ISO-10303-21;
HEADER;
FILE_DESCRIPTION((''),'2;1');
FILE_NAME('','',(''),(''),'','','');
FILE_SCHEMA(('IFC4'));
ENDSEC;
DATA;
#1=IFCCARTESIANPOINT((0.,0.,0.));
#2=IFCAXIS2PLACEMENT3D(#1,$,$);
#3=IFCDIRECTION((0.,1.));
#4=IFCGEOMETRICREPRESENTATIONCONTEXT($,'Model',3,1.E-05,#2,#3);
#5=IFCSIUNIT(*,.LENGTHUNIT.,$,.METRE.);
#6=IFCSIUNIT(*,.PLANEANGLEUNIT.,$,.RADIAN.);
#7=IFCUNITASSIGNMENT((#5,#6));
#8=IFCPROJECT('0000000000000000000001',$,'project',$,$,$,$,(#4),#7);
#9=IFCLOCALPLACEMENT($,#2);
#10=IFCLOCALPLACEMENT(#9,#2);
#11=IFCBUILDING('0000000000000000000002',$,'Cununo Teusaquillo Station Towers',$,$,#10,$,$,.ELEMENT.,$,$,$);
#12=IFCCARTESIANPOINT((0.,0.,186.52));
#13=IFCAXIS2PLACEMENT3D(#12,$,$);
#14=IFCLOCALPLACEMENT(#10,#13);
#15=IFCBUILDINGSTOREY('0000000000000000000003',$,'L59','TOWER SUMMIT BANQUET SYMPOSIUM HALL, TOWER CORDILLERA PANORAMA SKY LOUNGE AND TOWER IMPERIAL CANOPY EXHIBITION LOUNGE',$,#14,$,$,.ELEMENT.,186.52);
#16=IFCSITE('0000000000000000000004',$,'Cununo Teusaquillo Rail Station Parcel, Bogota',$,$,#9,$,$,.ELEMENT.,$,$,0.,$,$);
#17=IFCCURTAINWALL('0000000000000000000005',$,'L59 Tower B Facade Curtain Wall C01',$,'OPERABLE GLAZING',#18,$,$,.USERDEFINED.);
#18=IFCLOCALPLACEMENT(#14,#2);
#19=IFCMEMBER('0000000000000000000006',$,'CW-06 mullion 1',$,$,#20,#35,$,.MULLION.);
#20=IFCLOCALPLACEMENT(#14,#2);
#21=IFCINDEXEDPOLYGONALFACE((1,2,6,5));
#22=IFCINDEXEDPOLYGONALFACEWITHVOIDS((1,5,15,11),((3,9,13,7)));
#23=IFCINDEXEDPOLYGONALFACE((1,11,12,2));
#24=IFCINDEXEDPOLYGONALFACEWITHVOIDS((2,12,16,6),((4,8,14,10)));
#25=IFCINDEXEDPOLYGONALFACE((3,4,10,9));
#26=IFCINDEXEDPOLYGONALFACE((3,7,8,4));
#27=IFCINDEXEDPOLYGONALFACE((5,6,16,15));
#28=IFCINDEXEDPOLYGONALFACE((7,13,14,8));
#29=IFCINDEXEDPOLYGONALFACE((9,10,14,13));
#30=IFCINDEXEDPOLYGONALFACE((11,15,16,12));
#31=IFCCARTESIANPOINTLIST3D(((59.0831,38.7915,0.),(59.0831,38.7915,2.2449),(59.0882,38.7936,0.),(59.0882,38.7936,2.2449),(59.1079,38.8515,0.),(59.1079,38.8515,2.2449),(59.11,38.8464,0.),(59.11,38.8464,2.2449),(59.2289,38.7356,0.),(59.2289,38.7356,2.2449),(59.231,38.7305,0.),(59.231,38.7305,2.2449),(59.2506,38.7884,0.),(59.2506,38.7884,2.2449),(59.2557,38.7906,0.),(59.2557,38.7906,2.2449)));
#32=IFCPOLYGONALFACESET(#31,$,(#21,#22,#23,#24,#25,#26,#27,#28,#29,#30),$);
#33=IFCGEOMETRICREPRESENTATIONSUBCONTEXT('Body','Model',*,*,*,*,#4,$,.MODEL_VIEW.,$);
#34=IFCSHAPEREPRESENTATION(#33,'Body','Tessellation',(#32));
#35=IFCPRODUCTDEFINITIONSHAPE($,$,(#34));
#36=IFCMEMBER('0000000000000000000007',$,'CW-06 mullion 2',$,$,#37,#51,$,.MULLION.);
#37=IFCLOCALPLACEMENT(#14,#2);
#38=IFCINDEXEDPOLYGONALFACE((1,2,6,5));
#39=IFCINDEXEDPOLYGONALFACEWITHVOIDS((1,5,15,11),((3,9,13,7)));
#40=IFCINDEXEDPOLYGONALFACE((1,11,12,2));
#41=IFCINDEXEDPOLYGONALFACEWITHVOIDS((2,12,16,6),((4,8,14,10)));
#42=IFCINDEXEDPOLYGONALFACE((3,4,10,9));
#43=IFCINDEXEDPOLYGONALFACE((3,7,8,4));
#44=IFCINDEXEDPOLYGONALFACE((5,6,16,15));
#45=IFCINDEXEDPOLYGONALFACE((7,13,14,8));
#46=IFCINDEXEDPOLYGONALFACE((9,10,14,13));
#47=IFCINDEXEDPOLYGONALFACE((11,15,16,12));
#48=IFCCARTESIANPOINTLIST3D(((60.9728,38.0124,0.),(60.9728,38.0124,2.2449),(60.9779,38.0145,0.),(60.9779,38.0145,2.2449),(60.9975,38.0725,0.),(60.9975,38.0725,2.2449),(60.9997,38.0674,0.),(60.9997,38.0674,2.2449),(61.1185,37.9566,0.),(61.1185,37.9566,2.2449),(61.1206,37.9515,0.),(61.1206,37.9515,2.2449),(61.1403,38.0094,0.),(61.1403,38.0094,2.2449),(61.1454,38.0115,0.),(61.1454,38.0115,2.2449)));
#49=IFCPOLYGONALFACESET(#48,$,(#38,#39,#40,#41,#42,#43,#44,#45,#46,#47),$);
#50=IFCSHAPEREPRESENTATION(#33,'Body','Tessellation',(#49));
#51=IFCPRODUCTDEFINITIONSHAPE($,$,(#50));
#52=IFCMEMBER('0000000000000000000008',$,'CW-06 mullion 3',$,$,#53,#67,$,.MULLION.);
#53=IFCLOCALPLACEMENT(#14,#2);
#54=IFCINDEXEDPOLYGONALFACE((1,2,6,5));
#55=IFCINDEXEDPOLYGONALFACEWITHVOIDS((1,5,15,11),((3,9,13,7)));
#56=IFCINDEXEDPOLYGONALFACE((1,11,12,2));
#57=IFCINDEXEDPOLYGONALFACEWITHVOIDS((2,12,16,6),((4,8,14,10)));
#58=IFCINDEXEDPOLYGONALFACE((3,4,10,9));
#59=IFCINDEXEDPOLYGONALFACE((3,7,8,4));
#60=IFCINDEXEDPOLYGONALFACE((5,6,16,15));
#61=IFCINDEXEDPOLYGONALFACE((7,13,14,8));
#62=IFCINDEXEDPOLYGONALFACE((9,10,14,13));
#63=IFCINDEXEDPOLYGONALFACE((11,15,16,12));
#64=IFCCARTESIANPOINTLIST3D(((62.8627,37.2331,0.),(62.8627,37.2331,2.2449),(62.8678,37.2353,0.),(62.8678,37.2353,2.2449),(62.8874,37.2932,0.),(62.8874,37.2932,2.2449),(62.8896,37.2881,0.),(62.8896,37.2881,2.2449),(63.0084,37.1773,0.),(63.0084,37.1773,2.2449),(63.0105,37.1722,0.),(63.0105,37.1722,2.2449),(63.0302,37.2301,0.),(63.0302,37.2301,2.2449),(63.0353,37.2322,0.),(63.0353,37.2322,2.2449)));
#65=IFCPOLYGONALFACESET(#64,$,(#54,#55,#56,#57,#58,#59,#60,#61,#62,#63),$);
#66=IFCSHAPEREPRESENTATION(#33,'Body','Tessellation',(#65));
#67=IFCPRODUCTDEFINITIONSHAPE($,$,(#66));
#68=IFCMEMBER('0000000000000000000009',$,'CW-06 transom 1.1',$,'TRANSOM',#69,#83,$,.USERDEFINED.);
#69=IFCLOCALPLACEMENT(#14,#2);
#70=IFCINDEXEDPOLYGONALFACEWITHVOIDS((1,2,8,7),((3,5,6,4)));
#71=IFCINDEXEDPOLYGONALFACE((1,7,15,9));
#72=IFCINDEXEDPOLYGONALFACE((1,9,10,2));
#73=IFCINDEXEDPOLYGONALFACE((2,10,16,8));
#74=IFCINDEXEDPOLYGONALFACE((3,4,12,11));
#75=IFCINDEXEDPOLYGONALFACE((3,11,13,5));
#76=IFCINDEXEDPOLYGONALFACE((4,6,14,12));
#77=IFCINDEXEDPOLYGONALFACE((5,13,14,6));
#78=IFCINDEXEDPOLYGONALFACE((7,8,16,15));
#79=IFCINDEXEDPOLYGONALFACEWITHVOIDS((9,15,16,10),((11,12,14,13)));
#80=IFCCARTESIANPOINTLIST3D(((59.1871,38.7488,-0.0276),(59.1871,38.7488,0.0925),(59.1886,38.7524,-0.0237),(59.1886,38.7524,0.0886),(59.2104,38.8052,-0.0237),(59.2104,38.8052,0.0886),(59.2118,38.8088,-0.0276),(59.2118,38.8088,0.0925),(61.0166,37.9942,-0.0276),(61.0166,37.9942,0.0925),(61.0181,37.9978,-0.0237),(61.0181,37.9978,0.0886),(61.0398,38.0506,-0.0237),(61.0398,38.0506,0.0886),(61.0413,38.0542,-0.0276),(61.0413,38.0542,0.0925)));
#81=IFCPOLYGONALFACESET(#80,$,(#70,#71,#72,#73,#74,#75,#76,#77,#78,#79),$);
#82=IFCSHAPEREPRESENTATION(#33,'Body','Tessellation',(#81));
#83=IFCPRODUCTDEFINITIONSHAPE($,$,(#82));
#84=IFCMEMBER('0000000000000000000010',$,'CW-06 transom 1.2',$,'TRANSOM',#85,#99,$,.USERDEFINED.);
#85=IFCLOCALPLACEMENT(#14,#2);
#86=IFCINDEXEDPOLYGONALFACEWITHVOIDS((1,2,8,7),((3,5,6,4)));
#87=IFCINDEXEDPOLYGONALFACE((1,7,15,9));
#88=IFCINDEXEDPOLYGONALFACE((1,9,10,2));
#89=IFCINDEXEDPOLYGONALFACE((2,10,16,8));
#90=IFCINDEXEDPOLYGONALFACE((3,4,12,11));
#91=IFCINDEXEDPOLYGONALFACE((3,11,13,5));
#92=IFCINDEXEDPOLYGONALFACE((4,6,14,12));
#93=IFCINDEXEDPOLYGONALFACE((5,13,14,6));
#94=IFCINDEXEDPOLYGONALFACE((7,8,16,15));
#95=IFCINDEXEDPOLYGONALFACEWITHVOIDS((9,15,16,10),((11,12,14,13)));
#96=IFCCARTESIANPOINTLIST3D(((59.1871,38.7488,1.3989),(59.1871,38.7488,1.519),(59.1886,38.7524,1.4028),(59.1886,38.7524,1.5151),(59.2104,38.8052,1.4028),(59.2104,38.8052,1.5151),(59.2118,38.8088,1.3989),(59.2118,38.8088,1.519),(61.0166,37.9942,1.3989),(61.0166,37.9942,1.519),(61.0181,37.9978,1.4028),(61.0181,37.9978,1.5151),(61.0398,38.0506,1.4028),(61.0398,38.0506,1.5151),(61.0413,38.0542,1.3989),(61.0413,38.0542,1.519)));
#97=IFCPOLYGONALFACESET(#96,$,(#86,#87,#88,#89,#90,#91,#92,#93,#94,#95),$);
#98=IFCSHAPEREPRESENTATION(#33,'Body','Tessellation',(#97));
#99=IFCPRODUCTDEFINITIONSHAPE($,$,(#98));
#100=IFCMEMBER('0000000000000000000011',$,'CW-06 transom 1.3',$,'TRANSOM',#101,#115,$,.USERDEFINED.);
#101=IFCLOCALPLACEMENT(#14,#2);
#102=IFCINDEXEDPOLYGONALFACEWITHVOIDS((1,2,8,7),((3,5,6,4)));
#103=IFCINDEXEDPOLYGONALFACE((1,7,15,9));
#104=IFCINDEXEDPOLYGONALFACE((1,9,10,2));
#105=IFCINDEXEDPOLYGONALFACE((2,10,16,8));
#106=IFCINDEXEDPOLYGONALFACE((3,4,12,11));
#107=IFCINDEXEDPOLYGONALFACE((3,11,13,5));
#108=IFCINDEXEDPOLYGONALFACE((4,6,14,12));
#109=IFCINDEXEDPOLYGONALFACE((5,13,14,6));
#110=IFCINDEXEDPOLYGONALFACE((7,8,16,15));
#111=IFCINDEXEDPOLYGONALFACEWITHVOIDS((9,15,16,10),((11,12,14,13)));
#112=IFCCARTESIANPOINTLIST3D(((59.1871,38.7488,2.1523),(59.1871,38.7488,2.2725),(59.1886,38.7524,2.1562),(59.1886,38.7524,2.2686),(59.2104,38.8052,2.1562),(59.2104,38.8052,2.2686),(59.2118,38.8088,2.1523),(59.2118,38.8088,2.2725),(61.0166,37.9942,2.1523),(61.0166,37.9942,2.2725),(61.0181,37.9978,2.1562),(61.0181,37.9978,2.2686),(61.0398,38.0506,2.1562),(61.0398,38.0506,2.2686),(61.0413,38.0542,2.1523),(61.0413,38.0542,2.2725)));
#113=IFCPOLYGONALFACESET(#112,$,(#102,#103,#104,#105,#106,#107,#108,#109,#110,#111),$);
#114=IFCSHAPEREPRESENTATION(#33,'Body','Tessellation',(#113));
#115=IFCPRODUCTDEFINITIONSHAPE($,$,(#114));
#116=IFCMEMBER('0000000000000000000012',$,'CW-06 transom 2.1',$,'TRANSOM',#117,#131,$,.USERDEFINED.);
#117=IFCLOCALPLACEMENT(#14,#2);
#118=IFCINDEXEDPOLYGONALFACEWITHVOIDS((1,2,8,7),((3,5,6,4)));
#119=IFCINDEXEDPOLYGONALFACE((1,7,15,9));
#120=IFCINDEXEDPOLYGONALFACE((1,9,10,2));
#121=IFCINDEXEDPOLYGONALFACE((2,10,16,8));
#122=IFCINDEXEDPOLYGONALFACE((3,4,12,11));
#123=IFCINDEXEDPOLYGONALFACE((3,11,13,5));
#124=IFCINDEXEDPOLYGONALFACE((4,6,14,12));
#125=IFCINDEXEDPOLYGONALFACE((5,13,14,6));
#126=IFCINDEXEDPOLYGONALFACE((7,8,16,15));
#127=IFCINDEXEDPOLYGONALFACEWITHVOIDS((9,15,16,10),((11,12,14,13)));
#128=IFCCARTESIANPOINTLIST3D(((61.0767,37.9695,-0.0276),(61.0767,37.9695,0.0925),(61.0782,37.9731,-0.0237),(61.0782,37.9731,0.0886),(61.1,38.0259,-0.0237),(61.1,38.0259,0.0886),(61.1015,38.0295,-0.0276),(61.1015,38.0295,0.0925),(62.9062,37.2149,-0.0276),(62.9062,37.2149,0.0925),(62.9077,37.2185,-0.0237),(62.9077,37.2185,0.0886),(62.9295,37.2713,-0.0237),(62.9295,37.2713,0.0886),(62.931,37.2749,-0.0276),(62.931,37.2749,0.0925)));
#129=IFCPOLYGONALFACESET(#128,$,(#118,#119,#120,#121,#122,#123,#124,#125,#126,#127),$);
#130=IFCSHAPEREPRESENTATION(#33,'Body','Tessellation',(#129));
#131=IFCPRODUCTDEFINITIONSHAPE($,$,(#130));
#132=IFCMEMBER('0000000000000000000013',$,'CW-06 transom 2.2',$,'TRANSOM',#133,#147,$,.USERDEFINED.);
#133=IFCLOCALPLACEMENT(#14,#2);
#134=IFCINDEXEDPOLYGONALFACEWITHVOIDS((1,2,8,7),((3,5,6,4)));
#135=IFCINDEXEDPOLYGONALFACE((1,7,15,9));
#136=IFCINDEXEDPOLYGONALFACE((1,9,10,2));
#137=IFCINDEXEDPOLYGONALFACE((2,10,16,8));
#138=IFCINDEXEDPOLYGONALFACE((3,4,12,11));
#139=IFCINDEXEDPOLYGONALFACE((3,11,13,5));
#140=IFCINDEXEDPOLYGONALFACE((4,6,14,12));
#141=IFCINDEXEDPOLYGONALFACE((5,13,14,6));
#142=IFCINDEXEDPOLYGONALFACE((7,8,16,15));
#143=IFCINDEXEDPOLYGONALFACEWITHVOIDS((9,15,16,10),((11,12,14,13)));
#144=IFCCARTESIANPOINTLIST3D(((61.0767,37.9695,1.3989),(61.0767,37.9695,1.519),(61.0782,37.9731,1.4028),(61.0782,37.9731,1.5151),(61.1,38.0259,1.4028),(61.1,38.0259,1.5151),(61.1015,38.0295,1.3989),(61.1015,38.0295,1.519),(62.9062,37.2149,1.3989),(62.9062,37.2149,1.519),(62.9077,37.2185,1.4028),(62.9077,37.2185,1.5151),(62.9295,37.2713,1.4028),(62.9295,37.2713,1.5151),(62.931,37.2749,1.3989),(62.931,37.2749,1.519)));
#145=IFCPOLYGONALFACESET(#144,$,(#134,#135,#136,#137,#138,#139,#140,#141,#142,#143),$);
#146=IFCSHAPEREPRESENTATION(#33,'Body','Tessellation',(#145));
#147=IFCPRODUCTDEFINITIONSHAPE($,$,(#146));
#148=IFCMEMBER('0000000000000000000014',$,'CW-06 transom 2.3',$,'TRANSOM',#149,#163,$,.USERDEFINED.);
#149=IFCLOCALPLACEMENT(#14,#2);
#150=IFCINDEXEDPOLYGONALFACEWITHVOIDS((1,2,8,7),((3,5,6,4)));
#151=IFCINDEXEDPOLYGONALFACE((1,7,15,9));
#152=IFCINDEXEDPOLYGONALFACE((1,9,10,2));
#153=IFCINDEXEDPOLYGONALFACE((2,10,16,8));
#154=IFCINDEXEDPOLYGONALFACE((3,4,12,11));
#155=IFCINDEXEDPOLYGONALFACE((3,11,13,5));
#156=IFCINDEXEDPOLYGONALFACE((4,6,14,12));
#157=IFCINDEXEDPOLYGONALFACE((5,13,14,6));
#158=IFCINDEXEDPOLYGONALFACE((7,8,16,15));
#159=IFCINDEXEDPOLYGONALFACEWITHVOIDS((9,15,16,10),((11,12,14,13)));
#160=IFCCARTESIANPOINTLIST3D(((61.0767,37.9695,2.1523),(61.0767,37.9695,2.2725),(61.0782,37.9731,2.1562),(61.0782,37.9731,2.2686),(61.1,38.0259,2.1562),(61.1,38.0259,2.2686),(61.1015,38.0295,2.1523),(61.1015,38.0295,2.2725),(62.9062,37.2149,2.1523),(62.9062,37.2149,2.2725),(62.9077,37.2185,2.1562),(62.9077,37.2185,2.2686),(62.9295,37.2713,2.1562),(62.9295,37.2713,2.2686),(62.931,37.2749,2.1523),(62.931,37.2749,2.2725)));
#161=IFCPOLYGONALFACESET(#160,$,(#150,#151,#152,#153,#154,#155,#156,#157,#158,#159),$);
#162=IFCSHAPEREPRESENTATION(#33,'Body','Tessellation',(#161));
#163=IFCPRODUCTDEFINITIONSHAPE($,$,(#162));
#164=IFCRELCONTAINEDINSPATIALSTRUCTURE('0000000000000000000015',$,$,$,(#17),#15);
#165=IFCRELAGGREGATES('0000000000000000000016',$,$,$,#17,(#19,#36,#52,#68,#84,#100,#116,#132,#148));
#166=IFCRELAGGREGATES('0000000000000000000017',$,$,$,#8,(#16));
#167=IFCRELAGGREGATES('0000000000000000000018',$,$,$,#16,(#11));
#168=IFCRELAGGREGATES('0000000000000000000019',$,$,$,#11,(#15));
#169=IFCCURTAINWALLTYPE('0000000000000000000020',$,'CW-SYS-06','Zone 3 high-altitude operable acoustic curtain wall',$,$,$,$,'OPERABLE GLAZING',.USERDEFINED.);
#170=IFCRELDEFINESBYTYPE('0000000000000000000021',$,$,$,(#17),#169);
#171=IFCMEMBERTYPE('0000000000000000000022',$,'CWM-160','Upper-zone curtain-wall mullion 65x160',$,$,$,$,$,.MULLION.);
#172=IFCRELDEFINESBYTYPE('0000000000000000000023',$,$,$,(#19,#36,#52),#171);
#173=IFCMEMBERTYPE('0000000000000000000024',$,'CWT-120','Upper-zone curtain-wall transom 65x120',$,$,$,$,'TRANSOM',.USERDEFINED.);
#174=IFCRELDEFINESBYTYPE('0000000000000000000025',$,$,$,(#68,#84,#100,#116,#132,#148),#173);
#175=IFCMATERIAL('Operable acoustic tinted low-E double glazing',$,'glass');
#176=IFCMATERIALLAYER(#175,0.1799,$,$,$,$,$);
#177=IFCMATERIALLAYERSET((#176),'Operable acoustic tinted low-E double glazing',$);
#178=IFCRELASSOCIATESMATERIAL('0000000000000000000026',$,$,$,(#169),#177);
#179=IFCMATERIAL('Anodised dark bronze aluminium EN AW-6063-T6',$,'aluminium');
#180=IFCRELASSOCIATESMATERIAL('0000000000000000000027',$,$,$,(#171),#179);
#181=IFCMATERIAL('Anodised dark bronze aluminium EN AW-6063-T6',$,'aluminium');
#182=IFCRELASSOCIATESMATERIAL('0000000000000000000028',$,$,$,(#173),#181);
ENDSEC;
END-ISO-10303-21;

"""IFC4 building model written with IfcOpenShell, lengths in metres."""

from ifc_helpers import new_model, si_unit, direction, frame, origin, origin_2d, place, context, subcontext, project, spatial, hollow_rectangle, extrude, material, layer, layer_set, material_profile, profile_set, type_object, element, aggregate, save


model = new_model("IFC4")

# Units and contexts
model_context = context("Model", 3, precision=1e-05, world=origin(), true_north=direction((0.0, 1.0)))
body_context = subcontext(model_context, "Body", "Model", "MODEL_VIEW")
ifc_project = project(units=[si_unit("LENGTHUNIT", "METRE"), si_unit("PLANEANGLEUNIT", "RADIAN")], contexts=[model_context])

# Site, building, storey
site_placement = place(None, origin())
site = spatial("IfcSite", under=ifc_project, at=site_placement, Name="Cununo Teusaquillo Rail Station Parcel, Bogota", CompositionType="ELEMENT", RefElevation=0.0)
building_placement = place(site_placement, origin())
building = spatial("IfcBuilding", under=site, at=building_placement, Name="Cununo Teusaquillo Station Towers", CompositionType="ELEMENT")
storey_placement = place(building_placement, frame((0.0, 0.0, 186.52)))
storey = spatial("IfcBuildingStorey", under=building, at=storey_placement, Name="L59", Description="TOWER SUMMIT BANQUET SYMPOSIUM HALL, TOWER CORDILLERA PANORAMA SKY LOUNGE AND TOWER IMPERIAL CANOPY EXHIBITION LOUNGE", CompositionType="ELEMENT", Elevation=186.52)

# Curtain wall, members
ifc_material_1 = material(Name="Operable acoustic tinted low-E double glazing", Category="glass")
ifc_layer_1 = layer(ifc_material_1, 0.1799)
ifc_layer_set_1 = layer_set([ifc_layer_1], Name="Operable acoustic tinted low-E double glazing")
curtain_wall_type = type_object("IfcCurtainWallType", Name="CW-SYS-06", Description="Zone 3 high-altitude operable acoustic curtain wall", ElementType="OPERABLE GLAZING", PredefinedType="USERDEFINED", material=ifc_layer_set_1)
curtain_wall_placement = place(storey_placement, origin())
curtain_wall = element("IfcCurtainWall", 1, at=curtain_wall_placement, inside=storey, type_object=curtain_wall_type, Name="L59 Tower B Facade Curtain Wall C01", ObjectType="OPERABLE GLAZING", PredefinedType="USERDEFINED")
ifc_material_2 = material(Name="Anodised dark bronze aluminium EN AW-6063-T6", Category="aluminium")
ifc_material_profile_1 = material_profile(ifc_material_2, hollow_rectangle(XDim=0.0649, YDim=0.1599, WallThickness=0.0039, at=origin_2d()), Name="CW-MULL-65x160")
ifc_profile_set_1 = profile_set([ifc_material_profile_1], Name="Anodised dark bronze aluminium EN AW-6063-T6")
member_type_1 = type_object("IfcMemberType", Name="CWM-160", Description="Upper-zone curtain-wall mullion 65x160", PredefinedType="MULLION", material=ifc_profile_set_1)
member_1_placement = place(storey_placement, frame((59.1694, 38.791, 0.0), z_axis=(0.0, 0.0, 1.0), x_axis=(0.381229, 0.924481, 0.0)))
member_1 = element("IfcMember", 2, at=member_1_placement, type_object=member_type_1, Name="CW-06 mullion 1", PredefinedType="MULLION", context=body_context, shape_type="SweptSolid", body=[
    extrude(hollow_rectangle(XDim=0.0649, YDim=0.1599, WallThickness=0.0039, at=origin_2d()), origin(), (0.0, 0.0, 1.0), 2.2449),
])
member_2_placement = place(storey_placement, frame((61.0591, 38.012, 0.0), z_axis=(0.0, 0.0, 1.0), x_axis=(0.381229, 0.924481, 0.0)))
member_2 = element("IfcMember", 3, at=member_2_placement, type_object=member_type_1, Name="CW-06 mullion 2", PredefinedType="MULLION", context=body_context, shape_type="SweptSolid", body=[
    extrude(hollow_rectangle(XDim=0.0649, YDim=0.1599, WallThickness=0.0039, at=origin_2d()), origin(), (0.0, 0.0, 1.0), 2.2449),
])
member_3_placement = place(storey_placement, frame((62.949, 37.2327, 0.0), z_axis=(0.0, 0.0, 1.0), x_axis=(0.381229, 0.924481, 0.0)))
member_3 = element("IfcMember", 4, at=member_3_placement, type_object=member_type_1, Name="CW-06 mullion 3", PredefinedType="MULLION", context=body_context, shape_type="SweptSolid", body=[
    extrude(hollow_rectangle(XDim=0.0649, YDim=0.1599, WallThickness=0.0039, at=origin_2d()), origin(), (0.0, 0.0, 1.0), 2.2449),
])
ifc_material_3 = material(Name="Anodised dark bronze aluminium EN AW-6063-T6", Category="aluminium")
ifc_material_profile_2 = material_profile(ifc_material_3, hollow_rectangle(XDim=0.0649, YDim=0.1201, WallThickness=0.0039, at=origin_2d()), Name="CW-TRAN-65x120")
ifc_profile_set_2 = profile_set([ifc_material_profile_2], Name="Anodised dark bronze aluminium EN AW-6063-T6")
member_type_2 = type_object("IfcMemberType", Name="CWT-120", Description="Upper-zone curtain-wall transom 65x120", ElementType="TRANSOM", PredefinedType="USERDEFINED", material=ifc_profile_set_2)
member_4_placement = place(storey_placement, frame((59.1995, 38.7788, 0.0325), z_axis=(0.924451, -0.381302, 0.0), x_axis=(0.381302, 0.924451, 0.0)))
member_4 = element("IfcMember", 5, at=member_4_placement, type_object=member_type_2, Name="CW-06 transom 1.1", ObjectType="TRANSOM", PredefinedType="USERDEFINED", context=body_context, shape_type="SweptSolid", body=[
    extrude(hollow_rectangle(XDim=0.0649, YDim=0.1201, WallThickness=0.0039, at=origin_2d()), origin(), (0.0, 0.0, 1.0), 1.979),
])
member_5_placement = place(storey_placement, frame((59.1995, 38.7788, 1.459), z_axis=(0.924451, -0.381302, 0.0), x_axis=(0.381302, 0.924451, 0.0)))
member_5 = element("IfcMember", 6, at=member_5_placement, type_object=member_type_2, Name="CW-06 transom 1.2", ObjectType="TRANSOM", PredefinedType="USERDEFINED", context=body_context, shape_type="SweptSolid", body=[
    extrude(hollow_rectangle(XDim=0.0649, YDim=0.1201, WallThickness=0.0039, at=origin_2d()), origin(), (0.0, 0.0, 1.0), 1.979),
])
member_6_placement = place(storey_placement, frame((59.1995, 38.7788, 2.2124), z_axis=(0.924451, -0.381302, 0.0), x_axis=(0.381302, 0.924451, 0.0)))
member_6 = element("IfcMember", 7, at=member_6_placement, type_object=member_type_2, Name="CW-06 transom 1.3", ObjectType="TRANSOM", PredefinedType="USERDEFINED", context=body_context, shape_type="SweptSolid", body=[
    extrude(hollow_rectangle(XDim=0.0649, YDim=0.1201, WallThickness=0.0039, at=origin_2d()), origin(), (0.0, 0.0, 1.0), 1.979),
])
member_7_placement = place(storey_placement, frame((61.0891, 37.9995, 0.0325), z_axis=(0.924451, -0.381302, 0.0), x_axis=(0.381302, 0.924451, 0.0)))
member_7 = element("IfcMember", 8, at=member_7_placement, type_object=member_type_2, Name="CW-06 transom 2.1", ObjectType="TRANSOM", PredefinedType="USERDEFINED", context=body_context, shape_type="SweptSolid", body=[
    extrude(hollow_rectangle(XDim=0.0649, YDim=0.1201, WallThickness=0.0039, at=origin_2d()), origin(), (0.0, 0.0, 1.0), 1.979),
])
member_8_placement = place(storey_placement, frame((61.0891, 37.9995, 1.459), z_axis=(0.924451, -0.381302, 0.0), x_axis=(0.381302, 0.924451, 0.0)))
member_8 = element("IfcMember", 9, at=member_8_placement, type_object=member_type_2, Name="CW-06 transom 2.2", ObjectType="TRANSOM", PredefinedType="USERDEFINED", context=body_context, shape_type="SweptSolid", body=[
    extrude(hollow_rectangle(XDim=0.0649, YDim=0.1201, WallThickness=0.0039, at=origin_2d()), origin(), (0.0, 0.0, 1.0), 1.979),
])
member_9_placement = place(storey_placement, frame((61.0891, 37.9995, 2.2124), z_axis=(0.924451, -0.381302, 0.0), x_axis=(0.381302, 0.924451, 0.0)))
member_9 = element("IfcMember", 10, at=member_9_placement, type_object=member_type_2, Name="CW-06 transom 2.3", ObjectType="TRANSOM", PredefinedType="USERDEFINED", context=body_context, shape_type="SweptSolid", body=[
    extrude(hollow_rectangle(XDim=0.0649, YDim=0.1201, WallThickness=0.0039, at=origin_2d()), origin(), (0.0, 0.0, 1.0), 1.979),
])

aggregate(curtain_wall, [member_1, member_2, member_3, member_4, member_5, member_6, member_7, member_8, member_9])

save(model, "model.ifc")
